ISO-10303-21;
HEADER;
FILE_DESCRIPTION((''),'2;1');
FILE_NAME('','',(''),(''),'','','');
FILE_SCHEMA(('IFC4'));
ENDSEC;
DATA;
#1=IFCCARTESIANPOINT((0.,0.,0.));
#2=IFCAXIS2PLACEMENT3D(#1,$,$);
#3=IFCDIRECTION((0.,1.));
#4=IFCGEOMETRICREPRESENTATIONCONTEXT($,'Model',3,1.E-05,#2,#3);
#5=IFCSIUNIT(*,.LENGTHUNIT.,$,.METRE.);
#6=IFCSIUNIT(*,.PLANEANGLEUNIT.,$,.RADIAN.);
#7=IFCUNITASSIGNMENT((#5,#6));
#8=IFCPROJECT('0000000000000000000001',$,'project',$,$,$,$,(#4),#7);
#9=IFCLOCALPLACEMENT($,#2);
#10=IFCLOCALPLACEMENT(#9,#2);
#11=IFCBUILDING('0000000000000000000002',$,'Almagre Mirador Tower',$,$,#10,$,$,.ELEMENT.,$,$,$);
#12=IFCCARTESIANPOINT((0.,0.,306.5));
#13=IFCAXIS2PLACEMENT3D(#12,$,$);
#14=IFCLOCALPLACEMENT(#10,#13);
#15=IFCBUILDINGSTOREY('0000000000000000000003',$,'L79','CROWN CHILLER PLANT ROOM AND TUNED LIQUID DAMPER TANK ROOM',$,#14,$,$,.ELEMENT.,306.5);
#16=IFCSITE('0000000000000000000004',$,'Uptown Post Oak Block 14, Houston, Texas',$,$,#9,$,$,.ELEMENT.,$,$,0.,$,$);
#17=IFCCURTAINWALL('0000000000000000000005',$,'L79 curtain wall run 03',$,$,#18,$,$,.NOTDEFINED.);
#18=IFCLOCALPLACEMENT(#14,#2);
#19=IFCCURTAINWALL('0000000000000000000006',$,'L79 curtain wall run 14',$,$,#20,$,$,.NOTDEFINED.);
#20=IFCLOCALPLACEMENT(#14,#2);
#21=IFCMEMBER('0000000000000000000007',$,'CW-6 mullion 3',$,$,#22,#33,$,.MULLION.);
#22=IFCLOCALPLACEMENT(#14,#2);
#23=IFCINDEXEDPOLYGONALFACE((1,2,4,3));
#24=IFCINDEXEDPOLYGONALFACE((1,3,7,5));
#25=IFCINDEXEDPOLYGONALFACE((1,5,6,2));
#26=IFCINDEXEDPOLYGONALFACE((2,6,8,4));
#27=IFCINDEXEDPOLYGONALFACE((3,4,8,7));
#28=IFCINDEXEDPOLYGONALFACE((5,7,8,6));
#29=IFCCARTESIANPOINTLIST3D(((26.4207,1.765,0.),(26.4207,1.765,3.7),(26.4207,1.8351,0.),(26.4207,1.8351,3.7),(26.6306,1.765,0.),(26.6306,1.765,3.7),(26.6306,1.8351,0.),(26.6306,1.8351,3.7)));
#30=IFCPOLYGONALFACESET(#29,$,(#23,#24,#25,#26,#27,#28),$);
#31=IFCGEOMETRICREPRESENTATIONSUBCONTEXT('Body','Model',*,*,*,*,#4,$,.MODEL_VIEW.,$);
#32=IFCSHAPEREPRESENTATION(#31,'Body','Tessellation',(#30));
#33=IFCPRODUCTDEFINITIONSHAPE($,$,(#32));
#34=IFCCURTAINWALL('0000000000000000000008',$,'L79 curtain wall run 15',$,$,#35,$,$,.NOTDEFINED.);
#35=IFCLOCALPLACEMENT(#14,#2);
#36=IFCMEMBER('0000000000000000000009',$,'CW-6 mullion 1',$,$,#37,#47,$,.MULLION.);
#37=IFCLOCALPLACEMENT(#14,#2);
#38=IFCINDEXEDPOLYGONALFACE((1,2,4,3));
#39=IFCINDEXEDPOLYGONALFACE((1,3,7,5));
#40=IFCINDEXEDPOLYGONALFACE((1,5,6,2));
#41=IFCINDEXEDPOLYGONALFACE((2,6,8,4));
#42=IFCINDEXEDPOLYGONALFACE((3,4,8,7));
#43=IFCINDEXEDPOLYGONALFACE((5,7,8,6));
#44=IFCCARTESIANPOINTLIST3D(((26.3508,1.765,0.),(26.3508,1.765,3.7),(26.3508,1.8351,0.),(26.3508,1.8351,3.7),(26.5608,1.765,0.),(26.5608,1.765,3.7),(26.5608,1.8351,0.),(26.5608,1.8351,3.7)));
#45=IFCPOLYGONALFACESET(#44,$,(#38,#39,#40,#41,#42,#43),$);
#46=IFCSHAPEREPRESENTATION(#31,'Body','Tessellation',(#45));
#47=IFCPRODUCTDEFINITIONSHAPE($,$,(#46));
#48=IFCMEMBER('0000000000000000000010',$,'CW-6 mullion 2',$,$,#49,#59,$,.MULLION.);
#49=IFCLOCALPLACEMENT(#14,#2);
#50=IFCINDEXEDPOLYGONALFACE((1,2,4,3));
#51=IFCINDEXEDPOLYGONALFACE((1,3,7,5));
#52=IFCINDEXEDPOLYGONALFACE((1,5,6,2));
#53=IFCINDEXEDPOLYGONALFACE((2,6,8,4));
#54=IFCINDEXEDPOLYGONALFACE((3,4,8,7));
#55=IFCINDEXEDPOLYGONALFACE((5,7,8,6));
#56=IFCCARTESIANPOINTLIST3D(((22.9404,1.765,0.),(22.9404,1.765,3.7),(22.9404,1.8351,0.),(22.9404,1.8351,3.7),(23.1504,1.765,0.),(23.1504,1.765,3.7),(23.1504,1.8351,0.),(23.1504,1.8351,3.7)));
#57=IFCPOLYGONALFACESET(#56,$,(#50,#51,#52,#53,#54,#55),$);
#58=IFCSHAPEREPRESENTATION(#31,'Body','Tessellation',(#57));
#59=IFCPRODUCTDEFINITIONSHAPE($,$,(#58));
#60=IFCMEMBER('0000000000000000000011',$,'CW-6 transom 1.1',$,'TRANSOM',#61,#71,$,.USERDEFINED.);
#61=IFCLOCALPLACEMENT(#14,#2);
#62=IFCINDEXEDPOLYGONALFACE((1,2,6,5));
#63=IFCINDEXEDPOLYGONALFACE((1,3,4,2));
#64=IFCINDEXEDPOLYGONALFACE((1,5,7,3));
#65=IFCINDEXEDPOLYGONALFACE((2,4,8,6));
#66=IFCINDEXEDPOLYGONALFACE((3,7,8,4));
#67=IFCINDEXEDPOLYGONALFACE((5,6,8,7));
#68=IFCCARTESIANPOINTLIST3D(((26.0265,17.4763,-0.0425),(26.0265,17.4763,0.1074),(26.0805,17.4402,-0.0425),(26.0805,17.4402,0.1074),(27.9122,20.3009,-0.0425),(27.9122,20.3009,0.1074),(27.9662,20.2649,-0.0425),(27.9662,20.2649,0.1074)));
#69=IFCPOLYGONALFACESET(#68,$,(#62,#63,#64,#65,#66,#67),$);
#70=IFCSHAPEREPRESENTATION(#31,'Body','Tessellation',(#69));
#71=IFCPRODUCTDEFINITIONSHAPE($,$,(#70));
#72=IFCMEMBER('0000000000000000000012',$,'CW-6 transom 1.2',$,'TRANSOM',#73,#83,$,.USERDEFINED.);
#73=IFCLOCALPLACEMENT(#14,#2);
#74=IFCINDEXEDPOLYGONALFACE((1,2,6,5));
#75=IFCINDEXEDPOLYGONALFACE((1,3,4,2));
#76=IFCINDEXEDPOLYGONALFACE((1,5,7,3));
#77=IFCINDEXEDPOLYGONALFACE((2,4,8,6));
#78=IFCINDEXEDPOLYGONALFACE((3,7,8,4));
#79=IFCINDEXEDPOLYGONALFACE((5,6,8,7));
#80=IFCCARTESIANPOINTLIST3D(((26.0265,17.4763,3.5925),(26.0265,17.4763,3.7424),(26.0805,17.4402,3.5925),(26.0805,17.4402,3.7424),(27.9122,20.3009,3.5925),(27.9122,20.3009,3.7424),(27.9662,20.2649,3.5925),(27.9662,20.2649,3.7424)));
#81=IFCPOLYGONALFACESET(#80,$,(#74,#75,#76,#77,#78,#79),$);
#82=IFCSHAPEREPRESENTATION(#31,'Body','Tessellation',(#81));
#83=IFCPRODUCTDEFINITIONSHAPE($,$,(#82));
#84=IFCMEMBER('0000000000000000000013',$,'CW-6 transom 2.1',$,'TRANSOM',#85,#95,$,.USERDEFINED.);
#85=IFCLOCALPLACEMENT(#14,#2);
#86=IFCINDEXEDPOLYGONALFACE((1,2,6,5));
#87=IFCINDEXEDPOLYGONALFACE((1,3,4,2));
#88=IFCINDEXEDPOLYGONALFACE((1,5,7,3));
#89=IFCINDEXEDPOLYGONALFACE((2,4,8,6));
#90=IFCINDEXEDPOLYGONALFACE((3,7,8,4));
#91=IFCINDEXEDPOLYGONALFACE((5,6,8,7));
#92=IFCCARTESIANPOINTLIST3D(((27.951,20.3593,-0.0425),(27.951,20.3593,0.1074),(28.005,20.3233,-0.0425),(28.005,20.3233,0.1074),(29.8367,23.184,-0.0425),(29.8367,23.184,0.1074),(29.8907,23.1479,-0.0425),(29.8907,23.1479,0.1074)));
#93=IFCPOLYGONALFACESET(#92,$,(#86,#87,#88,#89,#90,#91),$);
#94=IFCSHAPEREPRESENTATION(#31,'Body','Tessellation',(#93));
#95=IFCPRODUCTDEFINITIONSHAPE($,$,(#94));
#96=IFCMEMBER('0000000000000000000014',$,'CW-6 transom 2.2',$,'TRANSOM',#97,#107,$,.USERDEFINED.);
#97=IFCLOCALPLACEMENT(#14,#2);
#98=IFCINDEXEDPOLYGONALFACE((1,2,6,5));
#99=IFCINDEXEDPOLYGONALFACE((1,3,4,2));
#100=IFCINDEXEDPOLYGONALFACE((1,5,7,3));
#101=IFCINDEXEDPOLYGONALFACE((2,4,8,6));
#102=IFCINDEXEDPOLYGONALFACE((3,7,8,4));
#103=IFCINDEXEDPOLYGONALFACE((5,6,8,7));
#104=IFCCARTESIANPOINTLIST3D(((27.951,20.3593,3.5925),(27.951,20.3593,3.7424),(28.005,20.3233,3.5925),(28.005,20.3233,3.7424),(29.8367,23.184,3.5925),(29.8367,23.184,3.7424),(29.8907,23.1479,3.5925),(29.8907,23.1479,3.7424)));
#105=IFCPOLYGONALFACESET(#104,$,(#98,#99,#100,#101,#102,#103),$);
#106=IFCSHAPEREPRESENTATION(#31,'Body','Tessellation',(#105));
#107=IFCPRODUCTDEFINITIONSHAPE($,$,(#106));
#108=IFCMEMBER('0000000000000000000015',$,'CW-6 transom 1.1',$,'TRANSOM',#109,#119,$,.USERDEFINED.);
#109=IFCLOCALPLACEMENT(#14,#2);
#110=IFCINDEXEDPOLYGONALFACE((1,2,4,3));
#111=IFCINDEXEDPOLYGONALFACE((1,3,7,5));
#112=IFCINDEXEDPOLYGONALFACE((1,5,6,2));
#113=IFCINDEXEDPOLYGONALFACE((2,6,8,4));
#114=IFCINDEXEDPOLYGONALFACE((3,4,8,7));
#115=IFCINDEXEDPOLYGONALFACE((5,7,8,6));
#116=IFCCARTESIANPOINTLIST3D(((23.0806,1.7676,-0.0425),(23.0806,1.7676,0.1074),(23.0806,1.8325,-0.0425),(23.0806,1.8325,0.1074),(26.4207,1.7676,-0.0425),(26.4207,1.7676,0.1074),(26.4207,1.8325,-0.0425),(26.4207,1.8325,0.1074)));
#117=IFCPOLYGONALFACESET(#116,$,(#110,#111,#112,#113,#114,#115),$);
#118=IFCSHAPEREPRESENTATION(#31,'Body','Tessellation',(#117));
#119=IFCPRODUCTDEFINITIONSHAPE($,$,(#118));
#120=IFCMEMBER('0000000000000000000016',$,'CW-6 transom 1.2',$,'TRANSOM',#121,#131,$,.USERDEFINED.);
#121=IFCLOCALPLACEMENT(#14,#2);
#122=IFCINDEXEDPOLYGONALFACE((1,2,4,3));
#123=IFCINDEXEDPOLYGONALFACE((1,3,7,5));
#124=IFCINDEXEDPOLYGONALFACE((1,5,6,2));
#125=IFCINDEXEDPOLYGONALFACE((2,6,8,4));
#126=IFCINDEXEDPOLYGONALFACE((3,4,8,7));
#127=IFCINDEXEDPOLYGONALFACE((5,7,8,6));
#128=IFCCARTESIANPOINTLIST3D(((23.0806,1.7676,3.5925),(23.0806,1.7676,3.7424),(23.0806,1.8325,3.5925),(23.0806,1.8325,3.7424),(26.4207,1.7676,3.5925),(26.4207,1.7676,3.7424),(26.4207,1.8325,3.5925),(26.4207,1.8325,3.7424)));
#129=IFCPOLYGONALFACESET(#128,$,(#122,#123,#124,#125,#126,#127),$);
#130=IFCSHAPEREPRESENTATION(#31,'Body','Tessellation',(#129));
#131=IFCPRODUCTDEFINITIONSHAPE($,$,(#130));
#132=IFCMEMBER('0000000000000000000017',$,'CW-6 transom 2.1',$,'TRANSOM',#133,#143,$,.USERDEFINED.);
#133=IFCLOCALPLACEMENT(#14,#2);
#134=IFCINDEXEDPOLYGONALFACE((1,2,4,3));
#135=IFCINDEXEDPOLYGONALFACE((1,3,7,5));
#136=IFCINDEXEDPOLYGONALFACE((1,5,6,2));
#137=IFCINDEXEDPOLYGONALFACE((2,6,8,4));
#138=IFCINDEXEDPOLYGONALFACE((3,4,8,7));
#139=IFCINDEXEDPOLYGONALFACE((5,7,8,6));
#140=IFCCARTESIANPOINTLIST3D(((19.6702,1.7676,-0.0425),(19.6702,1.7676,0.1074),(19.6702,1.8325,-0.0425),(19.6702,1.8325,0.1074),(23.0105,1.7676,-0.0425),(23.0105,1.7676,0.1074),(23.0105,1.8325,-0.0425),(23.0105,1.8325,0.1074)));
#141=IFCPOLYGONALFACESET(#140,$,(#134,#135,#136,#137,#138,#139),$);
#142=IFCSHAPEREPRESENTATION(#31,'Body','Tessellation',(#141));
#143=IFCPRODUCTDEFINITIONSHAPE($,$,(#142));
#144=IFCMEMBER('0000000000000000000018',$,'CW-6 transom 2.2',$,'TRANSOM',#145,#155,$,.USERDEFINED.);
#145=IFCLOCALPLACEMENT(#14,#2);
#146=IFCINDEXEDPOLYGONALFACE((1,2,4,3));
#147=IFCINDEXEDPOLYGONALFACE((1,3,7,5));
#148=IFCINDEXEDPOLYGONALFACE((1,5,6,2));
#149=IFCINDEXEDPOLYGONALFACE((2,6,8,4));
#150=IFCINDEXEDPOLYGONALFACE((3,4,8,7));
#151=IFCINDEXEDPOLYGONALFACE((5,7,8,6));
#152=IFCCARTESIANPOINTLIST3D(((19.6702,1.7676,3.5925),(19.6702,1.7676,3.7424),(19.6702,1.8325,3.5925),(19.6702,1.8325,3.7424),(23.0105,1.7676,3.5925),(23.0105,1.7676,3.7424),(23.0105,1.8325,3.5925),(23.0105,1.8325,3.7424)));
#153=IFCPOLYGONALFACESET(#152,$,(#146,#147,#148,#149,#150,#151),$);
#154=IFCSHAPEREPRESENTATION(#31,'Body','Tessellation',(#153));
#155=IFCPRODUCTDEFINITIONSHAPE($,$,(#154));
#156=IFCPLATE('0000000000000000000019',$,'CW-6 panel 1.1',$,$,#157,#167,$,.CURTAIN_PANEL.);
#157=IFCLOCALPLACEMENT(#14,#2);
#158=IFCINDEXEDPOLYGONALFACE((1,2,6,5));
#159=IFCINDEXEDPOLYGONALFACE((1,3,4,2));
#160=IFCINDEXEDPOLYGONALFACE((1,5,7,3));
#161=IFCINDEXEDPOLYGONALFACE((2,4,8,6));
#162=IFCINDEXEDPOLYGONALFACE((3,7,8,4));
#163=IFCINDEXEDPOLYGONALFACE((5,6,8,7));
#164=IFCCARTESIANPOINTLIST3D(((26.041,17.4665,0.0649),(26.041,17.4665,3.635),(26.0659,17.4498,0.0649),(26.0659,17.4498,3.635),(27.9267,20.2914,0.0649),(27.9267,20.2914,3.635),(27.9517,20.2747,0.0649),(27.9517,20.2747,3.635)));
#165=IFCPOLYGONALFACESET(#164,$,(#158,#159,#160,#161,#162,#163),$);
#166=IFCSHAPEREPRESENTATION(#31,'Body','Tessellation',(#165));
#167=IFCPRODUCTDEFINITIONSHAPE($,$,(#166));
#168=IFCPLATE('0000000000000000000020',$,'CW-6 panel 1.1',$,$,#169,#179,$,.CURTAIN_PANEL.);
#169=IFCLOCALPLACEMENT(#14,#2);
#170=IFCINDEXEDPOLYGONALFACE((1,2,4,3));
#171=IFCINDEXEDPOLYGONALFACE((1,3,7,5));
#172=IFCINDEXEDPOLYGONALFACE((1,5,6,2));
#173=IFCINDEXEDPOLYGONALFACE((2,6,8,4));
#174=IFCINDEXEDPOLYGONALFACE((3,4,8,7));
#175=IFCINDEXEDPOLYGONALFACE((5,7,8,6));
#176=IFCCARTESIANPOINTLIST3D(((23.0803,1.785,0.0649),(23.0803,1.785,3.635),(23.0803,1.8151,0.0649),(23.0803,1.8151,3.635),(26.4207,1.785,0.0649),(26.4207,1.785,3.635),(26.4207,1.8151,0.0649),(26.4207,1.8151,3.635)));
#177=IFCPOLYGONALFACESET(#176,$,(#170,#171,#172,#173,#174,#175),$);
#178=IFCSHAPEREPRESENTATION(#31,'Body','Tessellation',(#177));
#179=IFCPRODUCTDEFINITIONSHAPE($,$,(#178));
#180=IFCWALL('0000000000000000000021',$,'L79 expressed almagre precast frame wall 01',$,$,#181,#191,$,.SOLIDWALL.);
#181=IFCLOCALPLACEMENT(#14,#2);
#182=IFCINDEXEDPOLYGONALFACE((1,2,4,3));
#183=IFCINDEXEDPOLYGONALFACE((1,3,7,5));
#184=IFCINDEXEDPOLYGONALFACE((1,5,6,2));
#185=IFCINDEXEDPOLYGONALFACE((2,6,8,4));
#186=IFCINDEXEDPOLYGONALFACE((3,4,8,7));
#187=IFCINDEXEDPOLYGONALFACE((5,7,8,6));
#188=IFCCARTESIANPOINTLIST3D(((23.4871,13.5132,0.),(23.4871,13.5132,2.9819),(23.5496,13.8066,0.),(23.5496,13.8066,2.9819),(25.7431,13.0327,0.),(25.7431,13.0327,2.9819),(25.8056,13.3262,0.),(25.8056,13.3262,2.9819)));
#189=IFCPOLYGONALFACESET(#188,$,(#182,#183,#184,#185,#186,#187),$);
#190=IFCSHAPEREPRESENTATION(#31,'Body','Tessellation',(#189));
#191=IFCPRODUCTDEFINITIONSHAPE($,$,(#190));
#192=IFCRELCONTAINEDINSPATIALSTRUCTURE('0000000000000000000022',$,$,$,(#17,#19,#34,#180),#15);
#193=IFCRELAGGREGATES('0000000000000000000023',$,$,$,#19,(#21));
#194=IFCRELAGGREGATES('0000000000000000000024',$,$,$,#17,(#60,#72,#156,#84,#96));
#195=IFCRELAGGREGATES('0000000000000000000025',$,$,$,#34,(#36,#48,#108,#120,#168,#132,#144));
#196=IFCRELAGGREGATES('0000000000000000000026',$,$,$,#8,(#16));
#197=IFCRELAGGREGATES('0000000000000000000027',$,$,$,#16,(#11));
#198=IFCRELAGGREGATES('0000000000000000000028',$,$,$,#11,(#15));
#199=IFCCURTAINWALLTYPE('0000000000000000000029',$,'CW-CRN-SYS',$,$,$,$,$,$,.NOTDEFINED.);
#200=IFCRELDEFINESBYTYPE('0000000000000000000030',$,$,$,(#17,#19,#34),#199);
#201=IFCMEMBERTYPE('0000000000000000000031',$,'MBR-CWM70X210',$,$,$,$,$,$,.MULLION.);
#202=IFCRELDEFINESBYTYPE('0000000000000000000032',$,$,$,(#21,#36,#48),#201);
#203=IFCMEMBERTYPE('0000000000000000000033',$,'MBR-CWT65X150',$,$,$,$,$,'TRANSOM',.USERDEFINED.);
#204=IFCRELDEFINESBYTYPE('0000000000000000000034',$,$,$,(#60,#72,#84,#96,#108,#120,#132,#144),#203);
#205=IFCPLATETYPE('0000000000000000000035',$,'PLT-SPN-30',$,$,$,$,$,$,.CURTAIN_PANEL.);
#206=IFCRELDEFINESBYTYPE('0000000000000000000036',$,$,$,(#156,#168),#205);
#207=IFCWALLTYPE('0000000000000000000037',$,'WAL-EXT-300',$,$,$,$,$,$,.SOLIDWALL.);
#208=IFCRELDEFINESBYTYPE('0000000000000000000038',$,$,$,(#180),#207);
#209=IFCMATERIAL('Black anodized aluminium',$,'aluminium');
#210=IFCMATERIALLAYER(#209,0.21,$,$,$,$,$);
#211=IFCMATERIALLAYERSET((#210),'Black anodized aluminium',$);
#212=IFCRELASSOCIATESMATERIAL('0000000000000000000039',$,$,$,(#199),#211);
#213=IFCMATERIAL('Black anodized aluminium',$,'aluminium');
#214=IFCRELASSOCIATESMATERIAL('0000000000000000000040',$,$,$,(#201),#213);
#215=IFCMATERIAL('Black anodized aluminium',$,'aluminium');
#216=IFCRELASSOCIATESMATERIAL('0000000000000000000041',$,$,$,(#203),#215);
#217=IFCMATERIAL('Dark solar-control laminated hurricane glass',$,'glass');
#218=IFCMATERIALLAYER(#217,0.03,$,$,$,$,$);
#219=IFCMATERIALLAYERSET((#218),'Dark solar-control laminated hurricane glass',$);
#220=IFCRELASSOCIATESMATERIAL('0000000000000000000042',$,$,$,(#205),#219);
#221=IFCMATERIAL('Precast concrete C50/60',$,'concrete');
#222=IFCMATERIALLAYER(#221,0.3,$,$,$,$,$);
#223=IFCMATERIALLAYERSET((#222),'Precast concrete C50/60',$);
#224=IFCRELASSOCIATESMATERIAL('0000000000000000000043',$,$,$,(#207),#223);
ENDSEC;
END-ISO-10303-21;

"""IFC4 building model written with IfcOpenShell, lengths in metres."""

from ifc_helpers import new_model, si_unit, direction, frame, frame_2d, origin, origin_2d, place, context, subcontext, project, spatial, rectangle, extrude, material, layer, layer_set, material_profile, profile_set, type_object, element, aggregate, save


model = new_model("IFC4")

# Units and contexts
model_context = context("Model", 3, precision=1e-05, world=origin(), true_north=direction((0.0, 1.0)))
body_context = subcontext(model_context, "Body", "Model", "MODEL_VIEW")
ifc_project = project(units=[si_unit("LENGTHUNIT", "METRE"), si_unit("PLANEANGLEUNIT", "RADIAN")], contexts=[model_context])

# Site, building, storey
site_placement = place(None, origin())
site = spatial("IfcSite", under=ifc_project, at=site_placement, Name="Uptown Post Oak Block 14, Houston, Texas", CompositionType="ELEMENT", RefElevation=0.0)
building_placement = place(site_placement, origin())
building = spatial("IfcBuilding", under=site, at=building_placement, Name="Almagre Mirador Tower", CompositionType="ELEMENT")
storey_placement = place(building_placement, frame((0.0, 0.0, 306.5)))
storey = spatial("IfcBuildingStorey", under=building, at=storey_placement, Name="L79", Description="CROWN CHILLER PLANT ROOM AND TUNED LIQUID DAMPER TANK ROOM", CompositionType="ELEMENT", Elevation=306.5)

# Shared definitions
ifc_material_1 = material(Name="Black anodized aluminium", Category="aluminium")
ifc_layer_1 = layer(ifc_material_1, 0.21)
ifc_layer_set_1 = layer_set([ifc_layer_1], Name="Black anodized aluminium")
curtain_wall_type = type_object("IfcCurtainWallType", Name="CW-CRN-SYS", PredefinedType="NOTDEFINED", material=ifc_layer_set_1)
ifc_material_2 = material(Name="Black anodized aluminium", Category="aluminium")
ifc_material_profile_1 = material_profile(ifc_material_2, rectangle(XDim=0.0701, YDim=0.21, at=origin_2d()), Name="CWM70X210")
ifc_profile_set_1 = profile_set([ifc_material_profile_1], Name="Black anodized aluminium")
member_type_1 = type_object("IfcMemberType", Name="MBR-CWM70X210", PredefinedType="MULLION", material=ifc_profile_set_1)

# Curtain wall
curtain_wall_1_placement = place(storey_placement, origin())
curtain_wall_1 = element("IfcCurtainWall", 1, at=curtain_wall_1_placement, inside=storey, type_object=curtain_wall_type, Name="L79 curtain wall run 03", PredefinedType="NOTDEFINED")

# Curtain wall, member
curtain_wall_2_placement = place(storey_placement, origin())
curtain_wall_2 = element("IfcCurtainWall", 2, at=curtain_wall_2_placement, inside=storey, type_object=curtain_wall_type, Name="L79 curtain wall run 14", PredefinedType="NOTDEFINED")
member_1_placement = place(storey_placement, frame((26.5256, 1.8, 0.0), z_axis=(0.0, 0.0, 1.0), x_axis=(0.0, -1.0, 0.0)))
member_1 = element("IfcMember", 3, at=member_1_placement, type_object=member_type_1, Name="CW-6 mullion 3", PredefinedType="MULLION", context=body_context, shape_type="SweptSolid", body=[
    extrude(rectangle(XDim=0.0701, YDim=0.21, at=origin_2d()), origin(), (0.0, 0.0, 1.0), 3.7),
])
aggregate(curtain_wall_2, [member_1])

# Curtain wall, members
curtain_wall_3_placement = place(storey_placement, origin())
curtain_wall_3 = element("IfcCurtainWall", 4, at=curtain_wall_3_placement, inside=storey, type_object=curtain_wall_type, Name="L79 curtain wall run 15", PredefinedType="NOTDEFINED")
member_2_placement = place(storey_placement, frame((26.4558, 1.8, 0.0), z_axis=(0.0, 0.0, 1.0), x_axis=(0.0, -1.0, 0.0)))
member_2 = element("IfcMember", 5, at=member_2_placement, type_object=member_type_1, Name="CW-6 mullion 1", PredefinedType="MULLION", context=body_context, shape_type="SweptSolid", body=[
    extrude(rectangle(XDim=0.0701, YDim=0.21, at=origin_2d()), origin(), (0.0, 0.0, 1.0), 3.7),
])
member_3_placement = place(storey_placement, frame((23.0454, 1.8, 0.0), z_axis=(0.0, 0.0, 1.0), x_axis=(0.0, -1.0, 0.0)))
member_3 = element("IfcMember", 6, at=member_3_placement, type_object=member_type_1, Name="CW-6 mullion 2", PredefinedType="MULLION", context=body_context, shape_type="SweptSolid", body=[
    extrude(rectangle(XDim=0.0701, YDim=0.21, at=origin_2d()), origin(), (0.0, 0.0, 1.0), 3.7),
])

# Members
ifc_material_3 = material(Name="Black anodized aluminium", Category="aluminium")
ifc_material_profile_2 = material_profile(ifc_material_3, rectangle(XDim=0.0649, YDim=0.1499, at=origin_2d()), Name="CWT65X150")
ifc_profile_set_2 = profile_set([ifc_material_profile_2], Name="Black anodized aluminium")
member_type_2 = type_object("IfcMemberType", Name="MBR-CWT65X150", ElementType="TRANSOM", PredefinedType="USERDEFINED", material=ifc_profile_set_2)
member_4_placement = place(storey_placement, frame((26.0535, 17.4583, 0.0325), z_axis=(0.555231, 0.831696, 0.0), x_axis=(-0.831696, 0.555231, 0.0)))
member_4 = element("IfcMember", 7, at=member_4_placement, type_object=member_type_2, Name="CW-6 transom 1.1", ObjectType="TRANSOM", PredefinedType="USERDEFINED", context=body_context, shape_type="SweptSolid", body=[
    extrude(rectangle(XDim=0.0649, YDim=0.1499, at=origin_2d()), origin(), (0.0, 0.0, 1.0), 3.3962),
])
member_5_placement = place(storey_placement, frame((26.0535, 17.4583, 3.6675), z_axis=(0.555231, 0.831696, 0.0), x_axis=(-0.831696, 0.555231, 0.0)))
member_5 = element("IfcMember", 8, at=member_5_placement, type_object=member_type_2, Name="CW-6 transom 1.2", ObjectType="TRANSOM", PredefinedType="USERDEFINED", context=body_context, shape_type="SweptSolid", body=[
    extrude(rectangle(XDim=0.0649, YDim=0.1499, at=origin_2d()), origin(), (0.0, 0.0, 1.0), 3.3962),
])
member_6_placement = place(storey_placement, frame((27.978, 20.3413, 0.0325), z_axis=(0.555231, 0.831696, 0.0), x_axis=(-0.831696, 0.555231, 0.0)))
member_6 = element("IfcMember", 9, at=member_6_placement, type_object=member_type_2, Name="CW-6 transom 2.1", ObjectType="TRANSOM", PredefinedType="USERDEFINED", context=body_context, shape_type="SweptSolid", body=[
    extrude(rectangle(XDim=0.0649, YDim=0.1499, at=origin_2d()), origin(), (0.0, 0.0, 1.0), 3.3962),
])
member_7_placement = place(storey_placement, frame((27.978, 20.3413, 3.6675), z_axis=(0.555231, 0.831696, 0.0), x_axis=(-0.831696, 0.555231, 0.0)))
member_7 = element("IfcMember", 10, at=member_7_placement, type_object=member_type_2, Name="CW-6 transom 2.2", ObjectType="TRANSOM", PredefinedType="USERDEFINED", context=body_context, shape_type="SweptSolid", body=[
    extrude(rectangle(XDim=0.0649, YDim=0.1499, at=origin_2d()), origin(), (0.0, 0.0, 1.0), 3.3962),
])
member_8_placement = place(storey_placement, frame((26.4207, 1.8, 0.0325), z_axis=(-1.0, 0.0, 0.0), x_axis=(0.0, -1.0, 0.0)))
member_8 = element("IfcMember", 11, at=member_8_placement, type_object=member_type_2, Name="CW-6 transom 1.1", ObjectType="TRANSOM", PredefinedType="USERDEFINED", context=body_context, shape_type="SweptSolid", body=[
    extrude(rectangle(XDim=0.0649, YDim=0.1499, at=origin_2d()), origin(), (0.0, 0.0, 1.0), 3.3401),
])
member_9_placement = place(storey_placement, frame((26.4207, 1.8, 3.6675), z_axis=(-1.0, 0.0, 0.0), x_axis=(0.0, -1.0, 0.0)))
member_9 = element("IfcMember", 12, at=member_9_placement, type_object=member_type_2, Name="CW-6 transom 1.2", ObjectType="TRANSOM", PredefinedType="USERDEFINED", context=body_context, shape_type="SweptSolid", body=[
    extrude(rectangle(XDim=0.0649, YDim=0.1499, at=origin_2d()), origin(), (0.0, 0.0, 1.0), 3.3401),
])
member_10_placement = place(storey_placement, frame((23.0105, 1.8, 0.0325), z_axis=(-1.0, 0.0, 0.0), x_axis=(0.0, -1.0, 0.0)))
member_10 = element("IfcMember", 13, at=member_10_placement, type_object=member_type_2, Name="CW-6 transom 2.1", ObjectType="TRANSOM", PredefinedType="USERDEFINED", context=body_context, shape_type="SweptSolid", body=[
    extrude(rectangle(XDim=0.0649, YDim=0.1499, at=origin_2d()), origin(), (0.0, 0.0, 1.0), 3.3403),
])
member_11_placement = place(storey_placement, frame((23.0105, 1.8, 3.6675), z_axis=(-1.0, 0.0, 0.0), x_axis=(0.0, -1.0, 0.0)))
member_11 = element("IfcMember", 14, at=member_11_placement, type_object=member_type_2, Name="CW-6 transom 2.2", ObjectType="TRANSOM", PredefinedType="USERDEFINED", context=body_context, shape_type="SweptSolid", body=[
    extrude(rectangle(XDim=0.0649, YDim=0.1499, at=origin_2d()), origin(), (0.0, 0.0, 1.0), 3.3403),
])

# Plates
ifc_material_4 = material(Name="Dark solar-control laminated hurricane glass", Category="glass")
ifc_layer_2 = layer(ifc_material_4, 0.03)
ifc_layer_set_2 = layer_set([ifc_layer_2], Name="Dark solar-control laminated hurricane glass")
plate_type = type_object("IfcPlateType", Name="PLT-SPN-30", PredefinedType="CURTAIN_PANEL", material=ifc_layer_set_2)
plate_1_placement = place(storey_placement, frame((26.9963, 18.8706, 0.0649), z_axis=(0.0, 0.0, 1.0), x_axis=(0.555217, 0.831705, 0.0)))
plate_1 = element("IfcPlate", 15, at=plate_1_placement, type_object=plate_type, Name="CW-6 panel 1.1", PredefinedType="CURTAIN_PANEL", context=body_context, shape_type="SweptSolid", body=[
    extrude(rectangle(XDim=3.3965, YDim=0.03, at=origin_2d()), origin(), (0.0, 0.0, 1.0), 3.5701),
])
aggregate(curtain_wall_1, [member_4, member_5, plate_1, member_6, member_7])
plate_2_placement = place(storey_placement, frame((24.7505, 1.8, 0.0649), z_axis=(0.0, 0.0, 1.0), x_axis=(-1.0, 0.0, 0.0)))
plate_2 = element("IfcPlate", 16, at=plate_2_placement, type_object=plate_type, Name="CW-6 panel 1.1", PredefinedType="CURTAIN_PANEL", context=body_context, shape_type="SweptSolid", body=[
    extrude(rectangle(XDim=3.3403, YDim=0.03, at=origin_2d()), origin(), (0.0, 0.0, 1.0), 3.5701),
])
aggregate(curtain_wall_3, [member_2, member_3, member_8, member_9, plate_2, member_10, member_11])

# Wall
ifc_material_5 = material(Name="Precast concrete C50/60", Category="concrete")
ifc_layer_3 = layer(ifc_material_5, 0.3)
ifc_layer_set_3 = layer_set([ifc_layer_3], Name="Precast concrete C50/60")
wall_type_1 = type_object("IfcWallType", Name="WAL-EXT-300", PredefinedType="SOLIDWALL", material=ifc_layer_set_3)
wall_1_placement = place(storey_placement, frame((23.5183, 13.6599, 0.0), z_axis=(0.0, 0.0, 1.0), x_axis=(0.978066, -0.208293, 0.0)))
element("IfcWall", 17, at=wall_1_placement, inside=storey, type_object=wall_type_1, Name="L79 expressed almagre precast frame wall 01", PredefinedType="SOLIDWALL", context=body_context, shape_type="SweptSolid", body=[
    extrude(rectangle(XDim=2.3066, YDim=0.3, at=frame_2d((1.1533, 0.0))), origin(), (0.0, 0.0, 1.0), 2.9819),
])

save(model, "model.ifc")
